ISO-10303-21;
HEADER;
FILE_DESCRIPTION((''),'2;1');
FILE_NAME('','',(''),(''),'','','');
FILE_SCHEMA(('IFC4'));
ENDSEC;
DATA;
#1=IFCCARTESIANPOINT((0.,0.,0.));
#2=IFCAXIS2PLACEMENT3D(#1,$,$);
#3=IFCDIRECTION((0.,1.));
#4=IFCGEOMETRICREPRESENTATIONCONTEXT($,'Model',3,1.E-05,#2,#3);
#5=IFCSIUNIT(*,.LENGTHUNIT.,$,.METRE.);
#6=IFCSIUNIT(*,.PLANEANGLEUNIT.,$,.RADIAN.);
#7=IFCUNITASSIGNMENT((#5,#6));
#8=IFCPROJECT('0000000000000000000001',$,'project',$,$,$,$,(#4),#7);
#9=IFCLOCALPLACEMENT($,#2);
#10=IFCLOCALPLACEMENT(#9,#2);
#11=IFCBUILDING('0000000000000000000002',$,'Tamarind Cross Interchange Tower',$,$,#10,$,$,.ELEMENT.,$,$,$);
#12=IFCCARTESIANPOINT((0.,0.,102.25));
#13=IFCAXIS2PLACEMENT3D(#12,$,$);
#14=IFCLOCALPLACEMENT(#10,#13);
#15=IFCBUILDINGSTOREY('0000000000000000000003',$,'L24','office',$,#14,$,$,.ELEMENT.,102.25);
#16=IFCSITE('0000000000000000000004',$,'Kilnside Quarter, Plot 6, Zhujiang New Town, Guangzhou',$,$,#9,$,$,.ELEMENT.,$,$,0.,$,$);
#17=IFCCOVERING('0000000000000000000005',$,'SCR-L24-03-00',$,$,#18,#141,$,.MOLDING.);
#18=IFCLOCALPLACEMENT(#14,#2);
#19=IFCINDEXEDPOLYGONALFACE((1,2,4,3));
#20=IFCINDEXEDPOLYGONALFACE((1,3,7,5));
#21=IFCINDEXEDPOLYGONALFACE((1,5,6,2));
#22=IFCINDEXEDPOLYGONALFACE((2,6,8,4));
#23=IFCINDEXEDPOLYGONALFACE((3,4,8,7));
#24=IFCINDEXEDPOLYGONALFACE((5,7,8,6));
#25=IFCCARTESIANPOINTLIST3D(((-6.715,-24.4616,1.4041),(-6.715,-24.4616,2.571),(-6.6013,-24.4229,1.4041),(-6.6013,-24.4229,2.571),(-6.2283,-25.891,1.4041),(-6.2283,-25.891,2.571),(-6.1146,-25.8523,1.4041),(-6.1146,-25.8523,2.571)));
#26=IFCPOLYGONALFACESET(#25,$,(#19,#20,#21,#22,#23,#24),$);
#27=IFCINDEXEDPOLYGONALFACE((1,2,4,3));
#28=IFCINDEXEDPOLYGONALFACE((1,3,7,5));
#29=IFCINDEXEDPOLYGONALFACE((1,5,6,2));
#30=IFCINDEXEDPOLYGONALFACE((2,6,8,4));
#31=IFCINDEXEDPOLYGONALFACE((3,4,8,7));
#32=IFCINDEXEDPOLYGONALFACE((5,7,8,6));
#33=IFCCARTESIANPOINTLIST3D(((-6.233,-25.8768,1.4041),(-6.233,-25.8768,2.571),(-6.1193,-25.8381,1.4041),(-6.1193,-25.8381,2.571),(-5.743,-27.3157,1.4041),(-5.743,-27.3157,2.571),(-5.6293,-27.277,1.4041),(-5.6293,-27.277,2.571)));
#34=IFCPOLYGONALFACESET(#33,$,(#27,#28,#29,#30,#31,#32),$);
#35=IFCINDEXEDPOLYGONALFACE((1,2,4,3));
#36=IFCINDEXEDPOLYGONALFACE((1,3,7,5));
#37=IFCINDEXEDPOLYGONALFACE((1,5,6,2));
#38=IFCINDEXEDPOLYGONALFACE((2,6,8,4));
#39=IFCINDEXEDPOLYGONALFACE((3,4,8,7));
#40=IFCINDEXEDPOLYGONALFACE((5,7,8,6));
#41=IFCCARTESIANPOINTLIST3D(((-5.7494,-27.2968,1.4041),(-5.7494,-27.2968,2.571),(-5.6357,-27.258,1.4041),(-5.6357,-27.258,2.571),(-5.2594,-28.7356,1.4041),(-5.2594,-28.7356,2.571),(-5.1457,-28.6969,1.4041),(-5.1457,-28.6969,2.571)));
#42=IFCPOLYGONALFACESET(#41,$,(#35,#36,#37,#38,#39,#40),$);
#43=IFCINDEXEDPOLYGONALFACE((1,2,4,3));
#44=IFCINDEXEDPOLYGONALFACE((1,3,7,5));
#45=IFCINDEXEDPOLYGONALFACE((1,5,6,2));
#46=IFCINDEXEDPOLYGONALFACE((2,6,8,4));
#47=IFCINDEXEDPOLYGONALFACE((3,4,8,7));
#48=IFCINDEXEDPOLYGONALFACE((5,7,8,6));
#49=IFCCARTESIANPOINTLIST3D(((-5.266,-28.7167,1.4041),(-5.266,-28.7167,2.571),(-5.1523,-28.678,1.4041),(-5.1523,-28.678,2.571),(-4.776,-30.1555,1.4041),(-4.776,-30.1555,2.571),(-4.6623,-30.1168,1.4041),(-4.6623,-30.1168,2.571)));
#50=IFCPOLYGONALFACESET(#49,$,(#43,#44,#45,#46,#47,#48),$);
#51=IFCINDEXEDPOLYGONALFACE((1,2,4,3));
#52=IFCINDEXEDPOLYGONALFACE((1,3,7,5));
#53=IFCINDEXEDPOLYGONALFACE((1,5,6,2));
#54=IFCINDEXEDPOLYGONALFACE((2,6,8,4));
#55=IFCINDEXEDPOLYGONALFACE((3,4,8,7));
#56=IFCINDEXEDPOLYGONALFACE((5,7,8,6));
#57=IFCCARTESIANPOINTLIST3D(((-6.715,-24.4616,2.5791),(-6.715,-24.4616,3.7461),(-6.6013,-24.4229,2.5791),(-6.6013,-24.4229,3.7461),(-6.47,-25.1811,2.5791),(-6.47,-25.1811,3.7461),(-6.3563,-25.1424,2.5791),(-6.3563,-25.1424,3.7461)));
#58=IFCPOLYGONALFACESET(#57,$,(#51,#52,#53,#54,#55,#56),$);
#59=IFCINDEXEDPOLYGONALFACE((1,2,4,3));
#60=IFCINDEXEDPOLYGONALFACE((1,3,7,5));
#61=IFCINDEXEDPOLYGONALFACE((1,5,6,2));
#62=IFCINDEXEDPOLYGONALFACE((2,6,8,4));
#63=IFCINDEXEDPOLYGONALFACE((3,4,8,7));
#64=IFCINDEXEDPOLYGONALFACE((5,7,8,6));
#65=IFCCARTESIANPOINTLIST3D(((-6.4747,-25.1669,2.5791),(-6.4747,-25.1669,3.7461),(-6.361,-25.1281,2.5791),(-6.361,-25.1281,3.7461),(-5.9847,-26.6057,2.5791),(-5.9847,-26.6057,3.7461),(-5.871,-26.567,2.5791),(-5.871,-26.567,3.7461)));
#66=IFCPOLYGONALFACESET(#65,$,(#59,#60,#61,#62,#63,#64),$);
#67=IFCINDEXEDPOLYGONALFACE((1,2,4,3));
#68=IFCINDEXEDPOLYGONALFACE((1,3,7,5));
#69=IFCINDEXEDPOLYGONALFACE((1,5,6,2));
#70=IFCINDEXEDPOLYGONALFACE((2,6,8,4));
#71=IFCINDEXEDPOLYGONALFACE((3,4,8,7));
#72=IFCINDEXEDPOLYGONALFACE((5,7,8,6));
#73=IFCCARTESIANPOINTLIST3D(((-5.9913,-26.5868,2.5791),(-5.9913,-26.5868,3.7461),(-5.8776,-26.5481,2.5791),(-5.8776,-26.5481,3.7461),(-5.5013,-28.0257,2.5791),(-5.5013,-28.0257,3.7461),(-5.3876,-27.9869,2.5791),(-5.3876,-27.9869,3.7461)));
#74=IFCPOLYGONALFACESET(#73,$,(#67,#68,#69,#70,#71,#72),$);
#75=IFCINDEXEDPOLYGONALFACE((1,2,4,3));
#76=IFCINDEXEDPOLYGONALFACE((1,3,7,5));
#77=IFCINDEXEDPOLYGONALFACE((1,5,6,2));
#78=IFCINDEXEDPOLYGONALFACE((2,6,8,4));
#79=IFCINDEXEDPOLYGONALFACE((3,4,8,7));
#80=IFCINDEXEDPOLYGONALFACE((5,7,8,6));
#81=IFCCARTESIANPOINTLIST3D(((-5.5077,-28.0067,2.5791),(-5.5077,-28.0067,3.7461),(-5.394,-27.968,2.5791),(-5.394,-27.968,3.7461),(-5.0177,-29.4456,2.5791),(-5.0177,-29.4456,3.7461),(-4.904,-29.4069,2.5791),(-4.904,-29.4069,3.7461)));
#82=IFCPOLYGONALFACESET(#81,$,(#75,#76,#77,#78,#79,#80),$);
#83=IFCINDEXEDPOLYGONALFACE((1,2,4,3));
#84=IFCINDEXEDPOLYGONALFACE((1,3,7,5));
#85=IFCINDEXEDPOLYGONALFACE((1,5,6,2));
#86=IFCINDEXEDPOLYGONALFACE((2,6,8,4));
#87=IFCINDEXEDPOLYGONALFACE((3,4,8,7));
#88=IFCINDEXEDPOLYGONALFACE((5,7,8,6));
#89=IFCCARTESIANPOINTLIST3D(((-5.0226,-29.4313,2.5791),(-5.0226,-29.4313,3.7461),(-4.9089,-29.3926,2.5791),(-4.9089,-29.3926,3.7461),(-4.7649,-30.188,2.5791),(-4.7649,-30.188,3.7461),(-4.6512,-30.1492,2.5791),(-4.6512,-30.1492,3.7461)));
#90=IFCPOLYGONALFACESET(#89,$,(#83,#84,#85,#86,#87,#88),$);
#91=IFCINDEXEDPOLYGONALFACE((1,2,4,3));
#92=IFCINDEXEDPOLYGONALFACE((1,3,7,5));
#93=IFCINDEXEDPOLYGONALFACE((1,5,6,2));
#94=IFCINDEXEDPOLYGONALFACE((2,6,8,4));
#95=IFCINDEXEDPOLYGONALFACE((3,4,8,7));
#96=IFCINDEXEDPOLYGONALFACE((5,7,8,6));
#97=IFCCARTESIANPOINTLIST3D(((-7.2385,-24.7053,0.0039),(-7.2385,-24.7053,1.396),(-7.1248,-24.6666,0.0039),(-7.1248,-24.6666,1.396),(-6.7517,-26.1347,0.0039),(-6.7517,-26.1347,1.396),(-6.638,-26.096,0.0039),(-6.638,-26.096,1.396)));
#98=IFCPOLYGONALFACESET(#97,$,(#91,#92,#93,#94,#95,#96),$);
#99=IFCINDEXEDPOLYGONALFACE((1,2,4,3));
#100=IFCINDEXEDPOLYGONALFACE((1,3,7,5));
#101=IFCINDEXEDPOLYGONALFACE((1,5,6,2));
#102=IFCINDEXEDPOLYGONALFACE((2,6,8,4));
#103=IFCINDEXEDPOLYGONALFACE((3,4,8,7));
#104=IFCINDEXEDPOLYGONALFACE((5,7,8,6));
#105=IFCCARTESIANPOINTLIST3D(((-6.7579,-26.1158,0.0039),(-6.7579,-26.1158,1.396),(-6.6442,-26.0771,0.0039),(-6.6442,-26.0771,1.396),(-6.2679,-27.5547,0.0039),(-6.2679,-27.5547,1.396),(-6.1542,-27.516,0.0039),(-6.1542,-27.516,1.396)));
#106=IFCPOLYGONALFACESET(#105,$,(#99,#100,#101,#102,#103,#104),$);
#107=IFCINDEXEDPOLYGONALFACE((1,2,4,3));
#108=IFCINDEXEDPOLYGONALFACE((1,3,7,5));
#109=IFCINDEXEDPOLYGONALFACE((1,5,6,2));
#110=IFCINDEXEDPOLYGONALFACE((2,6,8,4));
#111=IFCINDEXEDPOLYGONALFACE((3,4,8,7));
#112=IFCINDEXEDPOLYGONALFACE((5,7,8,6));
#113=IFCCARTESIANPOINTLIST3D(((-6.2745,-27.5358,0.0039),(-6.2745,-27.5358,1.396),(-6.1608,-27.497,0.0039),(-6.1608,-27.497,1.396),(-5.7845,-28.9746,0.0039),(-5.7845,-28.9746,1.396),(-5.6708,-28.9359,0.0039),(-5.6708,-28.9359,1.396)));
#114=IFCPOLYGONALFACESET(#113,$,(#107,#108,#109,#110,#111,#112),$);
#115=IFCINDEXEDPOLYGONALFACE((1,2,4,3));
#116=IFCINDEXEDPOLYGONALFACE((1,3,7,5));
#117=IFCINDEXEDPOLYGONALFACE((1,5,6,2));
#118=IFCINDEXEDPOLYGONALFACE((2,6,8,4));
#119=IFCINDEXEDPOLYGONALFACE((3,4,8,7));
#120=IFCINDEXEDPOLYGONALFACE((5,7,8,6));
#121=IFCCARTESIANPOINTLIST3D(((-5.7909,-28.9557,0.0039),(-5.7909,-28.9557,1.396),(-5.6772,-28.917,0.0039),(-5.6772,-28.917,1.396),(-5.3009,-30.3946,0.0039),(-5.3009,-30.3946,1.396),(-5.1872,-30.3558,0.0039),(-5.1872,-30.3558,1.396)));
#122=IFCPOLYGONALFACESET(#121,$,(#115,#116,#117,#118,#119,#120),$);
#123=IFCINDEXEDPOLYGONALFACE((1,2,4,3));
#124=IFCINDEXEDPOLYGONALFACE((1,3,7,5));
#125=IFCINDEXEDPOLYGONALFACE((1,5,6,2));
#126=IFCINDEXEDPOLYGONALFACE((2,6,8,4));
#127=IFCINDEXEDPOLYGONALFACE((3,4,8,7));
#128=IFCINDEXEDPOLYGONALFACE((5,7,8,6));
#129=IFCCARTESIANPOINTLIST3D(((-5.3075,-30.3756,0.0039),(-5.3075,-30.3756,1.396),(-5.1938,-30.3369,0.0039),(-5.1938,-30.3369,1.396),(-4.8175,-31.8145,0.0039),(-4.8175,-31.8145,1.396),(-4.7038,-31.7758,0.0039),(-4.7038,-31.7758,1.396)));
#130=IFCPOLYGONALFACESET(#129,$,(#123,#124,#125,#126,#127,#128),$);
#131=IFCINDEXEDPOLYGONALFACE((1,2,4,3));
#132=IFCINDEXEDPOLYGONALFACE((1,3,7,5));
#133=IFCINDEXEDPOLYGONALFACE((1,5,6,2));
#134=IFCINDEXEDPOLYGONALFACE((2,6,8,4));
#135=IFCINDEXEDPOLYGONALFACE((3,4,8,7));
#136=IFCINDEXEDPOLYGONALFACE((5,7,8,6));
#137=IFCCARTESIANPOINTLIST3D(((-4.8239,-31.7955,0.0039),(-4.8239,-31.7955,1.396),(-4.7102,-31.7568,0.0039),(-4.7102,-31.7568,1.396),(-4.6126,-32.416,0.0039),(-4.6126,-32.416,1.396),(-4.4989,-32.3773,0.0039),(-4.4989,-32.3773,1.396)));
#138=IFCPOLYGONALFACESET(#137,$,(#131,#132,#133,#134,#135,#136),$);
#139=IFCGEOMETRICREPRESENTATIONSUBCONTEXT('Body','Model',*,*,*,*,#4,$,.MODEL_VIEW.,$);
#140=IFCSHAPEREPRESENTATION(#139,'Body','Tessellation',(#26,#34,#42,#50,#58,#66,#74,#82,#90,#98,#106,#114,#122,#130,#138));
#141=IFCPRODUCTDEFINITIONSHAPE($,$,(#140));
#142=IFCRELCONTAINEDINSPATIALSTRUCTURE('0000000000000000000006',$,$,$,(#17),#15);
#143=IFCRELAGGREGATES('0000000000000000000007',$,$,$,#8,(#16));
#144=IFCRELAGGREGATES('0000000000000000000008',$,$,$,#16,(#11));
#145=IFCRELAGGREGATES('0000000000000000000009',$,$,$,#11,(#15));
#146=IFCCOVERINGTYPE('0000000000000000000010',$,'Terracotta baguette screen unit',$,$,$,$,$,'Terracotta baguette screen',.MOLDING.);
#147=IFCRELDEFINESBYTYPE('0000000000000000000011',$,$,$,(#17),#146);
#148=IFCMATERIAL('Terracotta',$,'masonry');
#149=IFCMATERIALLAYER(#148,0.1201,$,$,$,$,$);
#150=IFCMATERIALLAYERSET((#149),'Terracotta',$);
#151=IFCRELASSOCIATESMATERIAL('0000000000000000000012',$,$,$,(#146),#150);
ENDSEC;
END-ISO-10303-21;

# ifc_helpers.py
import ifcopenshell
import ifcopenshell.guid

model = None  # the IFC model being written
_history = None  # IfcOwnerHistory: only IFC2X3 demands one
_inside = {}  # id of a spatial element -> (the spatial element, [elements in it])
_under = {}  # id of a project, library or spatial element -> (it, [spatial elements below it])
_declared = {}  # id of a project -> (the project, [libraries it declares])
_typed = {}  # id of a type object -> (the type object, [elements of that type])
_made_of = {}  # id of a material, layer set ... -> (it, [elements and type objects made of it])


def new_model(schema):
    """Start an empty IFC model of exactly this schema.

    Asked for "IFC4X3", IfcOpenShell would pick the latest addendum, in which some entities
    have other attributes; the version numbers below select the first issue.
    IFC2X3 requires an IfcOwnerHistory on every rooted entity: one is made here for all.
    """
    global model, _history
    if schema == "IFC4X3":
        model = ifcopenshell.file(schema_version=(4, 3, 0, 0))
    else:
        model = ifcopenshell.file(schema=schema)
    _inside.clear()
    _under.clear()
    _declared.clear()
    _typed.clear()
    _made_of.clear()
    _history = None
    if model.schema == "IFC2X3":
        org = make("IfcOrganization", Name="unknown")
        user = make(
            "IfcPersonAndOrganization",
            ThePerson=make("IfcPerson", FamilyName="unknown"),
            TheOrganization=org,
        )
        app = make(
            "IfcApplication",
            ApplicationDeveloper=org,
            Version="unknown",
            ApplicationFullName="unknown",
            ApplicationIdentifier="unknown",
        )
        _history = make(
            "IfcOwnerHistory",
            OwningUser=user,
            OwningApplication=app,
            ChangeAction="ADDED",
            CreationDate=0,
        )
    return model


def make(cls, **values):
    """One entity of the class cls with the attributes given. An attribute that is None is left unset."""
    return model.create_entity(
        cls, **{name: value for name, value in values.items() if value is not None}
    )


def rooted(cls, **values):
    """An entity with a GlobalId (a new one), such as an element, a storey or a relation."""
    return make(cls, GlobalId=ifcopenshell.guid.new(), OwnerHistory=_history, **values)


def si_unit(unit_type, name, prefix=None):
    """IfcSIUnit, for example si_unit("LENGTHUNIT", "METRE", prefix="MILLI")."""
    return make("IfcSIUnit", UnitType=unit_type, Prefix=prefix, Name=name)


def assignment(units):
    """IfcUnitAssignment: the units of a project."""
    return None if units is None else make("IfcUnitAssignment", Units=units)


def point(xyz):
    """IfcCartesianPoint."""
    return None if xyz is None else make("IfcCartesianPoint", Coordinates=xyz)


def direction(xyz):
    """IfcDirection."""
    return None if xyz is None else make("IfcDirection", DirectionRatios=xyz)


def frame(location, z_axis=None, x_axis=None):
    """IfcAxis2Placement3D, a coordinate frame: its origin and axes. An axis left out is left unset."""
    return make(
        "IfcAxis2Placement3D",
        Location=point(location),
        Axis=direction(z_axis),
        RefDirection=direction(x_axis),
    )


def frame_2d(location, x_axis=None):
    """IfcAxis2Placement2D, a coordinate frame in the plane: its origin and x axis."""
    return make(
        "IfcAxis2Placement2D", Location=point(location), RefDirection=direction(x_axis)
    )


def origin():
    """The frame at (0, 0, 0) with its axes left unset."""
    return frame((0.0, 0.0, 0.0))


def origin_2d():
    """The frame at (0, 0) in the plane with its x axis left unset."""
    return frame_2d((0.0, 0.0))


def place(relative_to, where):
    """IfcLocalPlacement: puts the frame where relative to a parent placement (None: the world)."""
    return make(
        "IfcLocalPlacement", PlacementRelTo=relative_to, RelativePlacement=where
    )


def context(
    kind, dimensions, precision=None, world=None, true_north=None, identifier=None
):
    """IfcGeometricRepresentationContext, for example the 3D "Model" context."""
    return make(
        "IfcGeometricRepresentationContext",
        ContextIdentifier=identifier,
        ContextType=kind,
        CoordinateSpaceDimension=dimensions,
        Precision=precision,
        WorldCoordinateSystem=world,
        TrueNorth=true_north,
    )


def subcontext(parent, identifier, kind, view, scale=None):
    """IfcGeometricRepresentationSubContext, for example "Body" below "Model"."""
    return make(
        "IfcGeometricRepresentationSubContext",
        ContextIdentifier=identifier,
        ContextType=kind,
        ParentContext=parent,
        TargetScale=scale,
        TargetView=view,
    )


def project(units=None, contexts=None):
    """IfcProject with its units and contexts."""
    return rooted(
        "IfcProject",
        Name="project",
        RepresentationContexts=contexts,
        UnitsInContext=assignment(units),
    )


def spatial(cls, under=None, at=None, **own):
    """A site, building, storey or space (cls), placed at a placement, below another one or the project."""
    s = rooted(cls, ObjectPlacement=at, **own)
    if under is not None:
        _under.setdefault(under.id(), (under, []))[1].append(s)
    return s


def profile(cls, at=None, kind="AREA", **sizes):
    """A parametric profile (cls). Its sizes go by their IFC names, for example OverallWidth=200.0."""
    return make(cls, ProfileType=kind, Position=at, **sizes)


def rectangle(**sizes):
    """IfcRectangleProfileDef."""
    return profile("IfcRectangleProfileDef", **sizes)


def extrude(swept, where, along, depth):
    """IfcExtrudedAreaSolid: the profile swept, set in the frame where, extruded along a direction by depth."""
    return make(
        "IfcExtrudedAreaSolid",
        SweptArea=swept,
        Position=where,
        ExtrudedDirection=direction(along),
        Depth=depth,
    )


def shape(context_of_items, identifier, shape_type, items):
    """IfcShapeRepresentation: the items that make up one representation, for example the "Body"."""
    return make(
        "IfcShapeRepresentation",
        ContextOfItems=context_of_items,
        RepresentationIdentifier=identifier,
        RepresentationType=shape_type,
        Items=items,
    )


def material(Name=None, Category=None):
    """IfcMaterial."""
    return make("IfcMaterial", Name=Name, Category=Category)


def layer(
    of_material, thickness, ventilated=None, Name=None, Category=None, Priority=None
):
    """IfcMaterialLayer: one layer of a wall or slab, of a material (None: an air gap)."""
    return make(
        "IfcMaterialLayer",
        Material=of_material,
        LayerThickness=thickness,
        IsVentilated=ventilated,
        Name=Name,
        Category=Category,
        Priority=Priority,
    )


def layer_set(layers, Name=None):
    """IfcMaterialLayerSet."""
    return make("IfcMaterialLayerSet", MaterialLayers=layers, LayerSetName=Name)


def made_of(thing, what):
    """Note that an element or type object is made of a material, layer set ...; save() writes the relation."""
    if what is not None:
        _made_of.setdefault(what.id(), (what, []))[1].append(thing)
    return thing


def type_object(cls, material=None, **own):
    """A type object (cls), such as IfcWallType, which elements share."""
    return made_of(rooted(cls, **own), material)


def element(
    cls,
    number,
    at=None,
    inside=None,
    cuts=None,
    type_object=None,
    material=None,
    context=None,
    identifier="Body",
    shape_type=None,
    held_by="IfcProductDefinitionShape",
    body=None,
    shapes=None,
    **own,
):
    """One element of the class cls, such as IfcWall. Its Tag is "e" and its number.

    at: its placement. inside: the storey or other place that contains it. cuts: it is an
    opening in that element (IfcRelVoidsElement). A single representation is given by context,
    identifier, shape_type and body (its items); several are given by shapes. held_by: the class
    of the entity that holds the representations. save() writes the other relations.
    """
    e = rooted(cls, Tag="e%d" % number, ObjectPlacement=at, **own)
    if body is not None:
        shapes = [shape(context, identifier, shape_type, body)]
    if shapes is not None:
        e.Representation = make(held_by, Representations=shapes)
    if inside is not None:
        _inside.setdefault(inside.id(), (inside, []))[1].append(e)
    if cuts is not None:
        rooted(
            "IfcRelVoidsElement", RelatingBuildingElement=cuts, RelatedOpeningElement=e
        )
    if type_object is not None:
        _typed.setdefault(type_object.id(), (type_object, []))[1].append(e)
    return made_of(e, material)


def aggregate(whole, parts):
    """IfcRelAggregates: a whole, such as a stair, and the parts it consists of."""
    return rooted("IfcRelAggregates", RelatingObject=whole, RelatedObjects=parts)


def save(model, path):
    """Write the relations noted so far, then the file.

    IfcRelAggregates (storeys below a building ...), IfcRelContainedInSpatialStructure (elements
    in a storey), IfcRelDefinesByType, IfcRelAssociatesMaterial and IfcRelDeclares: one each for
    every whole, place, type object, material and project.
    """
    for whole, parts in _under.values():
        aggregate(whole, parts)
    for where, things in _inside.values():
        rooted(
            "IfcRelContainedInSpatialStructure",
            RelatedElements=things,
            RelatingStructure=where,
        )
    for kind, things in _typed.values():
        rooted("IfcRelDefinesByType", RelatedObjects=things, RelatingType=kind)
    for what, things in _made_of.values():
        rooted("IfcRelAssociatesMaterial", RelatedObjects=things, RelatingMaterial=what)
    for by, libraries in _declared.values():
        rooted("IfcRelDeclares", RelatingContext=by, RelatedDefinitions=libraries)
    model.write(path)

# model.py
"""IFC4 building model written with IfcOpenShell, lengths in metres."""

from ifc_helpers import new_model, si_unit, direction, frame, origin, origin_2d, place, context, subcontext, project, spatial, rectangle, extrude, material, layer, layer_set, type_object, element, save


model = new_model("IFC4")

# Units and contexts
model_context = context("Model", 3, precision=1e-05, world=origin(), true_north=direction((0.0, 1.0)))
body_context = subcontext(model_context, "Body", "Model", "MODEL_VIEW")
ifc_project = project(units=[si_unit("LENGTHUNIT", "METRE"), si_unit("PLANEANGLEUNIT", "RADIAN")], contexts=[model_context])

# Site, building, storey
site_placement = place(None, origin())
site = spatial("IfcSite", under=ifc_project, at=site_placement, Name="Kilnside Quarter, Plot 6, Zhujiang New Town, Guangzhou", CompositionType="ELEMENT", RefElevation=0.0)
building_placement = place(site_placement, origin())
building = spatial("IfcBuilding", under=site, at=building_placement, Name="Tamarind Cross Interchange Tower", CompositionType="ELEMENT")
storey_placement = place(building_placement, frame((0.0, 0.0, 102.25)))
storey = spatial("IfcBuildingStorey", under=building, at=storey_placement, Name="L24", Description="office", CompositionType="ELEMENT", Elevation=102.25)

# Covering
ifc_material_1 = material(Name="Terracotta", Category="masonry")
ifc_layer_1 = layer(ifc_material_1, 0.1201)
ifc_layer_set_1 = layer_set([ifc_layer_1], Name="Terracotta")
covering_type = type_object("IfcCoveringType", Name="Terracotta baguette screen unit", ElementType="Terracotta baguette screen", PredefinedType="MOLDING", material=ifc_layer_set_1)
covering_1_placement = place(storey_placement, origin())
element("IfcCovering", 1, at=covering_1_placement, inside=storey, type_object=covering_type, Name="SCR-L24-03-00", PredefinedType="MOLDING", context=body_context, shape_type="SweptSolid", body=[
    extrude(rectangle(XDim=1.51, YDim=0.1201, at=origin_2d()), frame((-6.4148, -25.157, 1.4041), z_axis=(0.0, 0.0, 1.0), x_axis=(0.322371, -0.946613, 0.0)), (0.0, 0.0, 1.0), 1.167),
    extrude(rectangle(XDim=1.52, YDim=0.1201, at=origin_2d()), frame((-5.9312, -26.5769, 1.4041), z_axis=(0.0, 0.0, 1.0), x_axis=(0.322371, -0.946613, 0.0)), (0.0, 0.0, 1.0), 1.167),
    extrude(rectangle(XDim=1.52, YDim=0.1201, at=origin_2d()), frame((-5.4475, -27.9968, 1.4041), z_axis=(0.0, 0.0, 1.0), x_axis=(0.322371, -0.946613, 0.0)), (0.0, 0.0, 1.0), 1.167),
    extrude(rectangle(XDim=1.52, YDim=0.1201, at=origin_2d()), frame((-4.9641, -29.4167, 1.4041), z_axis=(0.0, 0.0, 1.0), x_axis=(0.322371, -0.946613, 0.0)), (0.0, 0.0, 1.0), 1.167),
    extrude(rectangle(XDim=0.76, YDim=0.1201, at=origin_2d()), frame((-6.5356, -24.802, 2.5791), z_axis=(0.0, 0.0, 1.0), x_axis=(0.322371, -0.946613, 0.0)), (0.0, 0.0, 1.0), 1.167),
    extrude(rectangle(XDim=1.52, YDim=0.1201, at=origin_2d()), frame((-6.1729, -25.8669, 2.5791), z_axis=(0.0, 0.0, 1.0), x_axis=(0.322371, -0.946613, 0.0)), (0.0, 0.0, 1.0), 1.167),
    extrude(rectangle(XDim=1.52, YDim=0.1201, at=origin_2d()), frame((-5.6895, -27.2869, 2.5791), z_axis=(0.0, 0.0, 1.0), x_axis=(0.322371, -0.946613, 0.0)), (0.0, 0.0, 1.0), 1.167),
    extrude(rectangle(XDim=1.52, YDim=0.1201, at=origin_2d()), frame((-5.2058, -28.7068, 2.5791), z_axis=(0.0, 0.0, 1.0), x_axis=(0.322371, -0.946613, 0.0)), (0.0, 0.0, 1.0), 1.167),
    extrude(rectangle(XDim=0.7993, YDim=0.1201, at=origin_2d()), frame((-4.8369, -29.7903, 2.5791), z_axis=(0.0, 0.0, 1.0), x_axis=(0.322371, -0.946613, 0.0)), (0.0, 0.0, 1.0), 1.167),
    extrude(rectangle(XDim=1.51, YDim=0.1201, at=origin_2d()), frame((-6.9382, -25.4006, 0.0039), z_axis=(0.0, 0.0, 1.0), x_axis=(0.322371, -0.946613, 0.0)), (0.0, 0.0, 1.0), 1.3921),
    extrude(rectangle(XDim=1.52, YDim=0.1201, at=origin_2d()), frame((-6.4561, -26.8159, 0.0039), z_axis=(0.0, 0.0, 1.0), x_axis=(0.322371, -0.946613, 0.0)), (0.0, 0.0, 1.0), 1.3921),
    extrude(rectangle(XDim=1.52, YDim=0.1201, at=origin_2d()), frame((-5.9727, -28.2358, 0.0039), z_axis=(0.0, 0.0, 1.0), x_axis=(0.322371, -0.946613, 0.0)), (0.0, 0.0, 1.0), 1.3921),
    extrude(rectangle(XDim=1.52, YDim=0.1201, at=origin_2d()), frame((-5.489, -29.6558, 0.0039), z_axis=(0.0, 0.0, 1.0), x_axis=(0.322371, -0.946613, 0.0)), (0.0, 0.0, 1.0), 1.3921),
    extrude(rectangle(XDim=1.52, YDim=0.1201, at=origin_2d()), frame((-5.0056, -31.0757, 0.0039), z_axis=(0.0, 0.0, 1.0), x_axis=(0.322371, -0.946613, 0.0)), (0.0, 0.0, 1.0), 1.3921),
    extrude(rectangle(XDim=0.6555, YDim=0.1201, at=origin_2d()), frame((-4.6614, -32.0864, 0.0039), z_axis=(0.0, 0.0, 1.0), x_axis=(0.322371, -0.946613, 0.0)), (0.0, 0.0, 1.0), 1.3921),
])

save(model, "model.ifc")
